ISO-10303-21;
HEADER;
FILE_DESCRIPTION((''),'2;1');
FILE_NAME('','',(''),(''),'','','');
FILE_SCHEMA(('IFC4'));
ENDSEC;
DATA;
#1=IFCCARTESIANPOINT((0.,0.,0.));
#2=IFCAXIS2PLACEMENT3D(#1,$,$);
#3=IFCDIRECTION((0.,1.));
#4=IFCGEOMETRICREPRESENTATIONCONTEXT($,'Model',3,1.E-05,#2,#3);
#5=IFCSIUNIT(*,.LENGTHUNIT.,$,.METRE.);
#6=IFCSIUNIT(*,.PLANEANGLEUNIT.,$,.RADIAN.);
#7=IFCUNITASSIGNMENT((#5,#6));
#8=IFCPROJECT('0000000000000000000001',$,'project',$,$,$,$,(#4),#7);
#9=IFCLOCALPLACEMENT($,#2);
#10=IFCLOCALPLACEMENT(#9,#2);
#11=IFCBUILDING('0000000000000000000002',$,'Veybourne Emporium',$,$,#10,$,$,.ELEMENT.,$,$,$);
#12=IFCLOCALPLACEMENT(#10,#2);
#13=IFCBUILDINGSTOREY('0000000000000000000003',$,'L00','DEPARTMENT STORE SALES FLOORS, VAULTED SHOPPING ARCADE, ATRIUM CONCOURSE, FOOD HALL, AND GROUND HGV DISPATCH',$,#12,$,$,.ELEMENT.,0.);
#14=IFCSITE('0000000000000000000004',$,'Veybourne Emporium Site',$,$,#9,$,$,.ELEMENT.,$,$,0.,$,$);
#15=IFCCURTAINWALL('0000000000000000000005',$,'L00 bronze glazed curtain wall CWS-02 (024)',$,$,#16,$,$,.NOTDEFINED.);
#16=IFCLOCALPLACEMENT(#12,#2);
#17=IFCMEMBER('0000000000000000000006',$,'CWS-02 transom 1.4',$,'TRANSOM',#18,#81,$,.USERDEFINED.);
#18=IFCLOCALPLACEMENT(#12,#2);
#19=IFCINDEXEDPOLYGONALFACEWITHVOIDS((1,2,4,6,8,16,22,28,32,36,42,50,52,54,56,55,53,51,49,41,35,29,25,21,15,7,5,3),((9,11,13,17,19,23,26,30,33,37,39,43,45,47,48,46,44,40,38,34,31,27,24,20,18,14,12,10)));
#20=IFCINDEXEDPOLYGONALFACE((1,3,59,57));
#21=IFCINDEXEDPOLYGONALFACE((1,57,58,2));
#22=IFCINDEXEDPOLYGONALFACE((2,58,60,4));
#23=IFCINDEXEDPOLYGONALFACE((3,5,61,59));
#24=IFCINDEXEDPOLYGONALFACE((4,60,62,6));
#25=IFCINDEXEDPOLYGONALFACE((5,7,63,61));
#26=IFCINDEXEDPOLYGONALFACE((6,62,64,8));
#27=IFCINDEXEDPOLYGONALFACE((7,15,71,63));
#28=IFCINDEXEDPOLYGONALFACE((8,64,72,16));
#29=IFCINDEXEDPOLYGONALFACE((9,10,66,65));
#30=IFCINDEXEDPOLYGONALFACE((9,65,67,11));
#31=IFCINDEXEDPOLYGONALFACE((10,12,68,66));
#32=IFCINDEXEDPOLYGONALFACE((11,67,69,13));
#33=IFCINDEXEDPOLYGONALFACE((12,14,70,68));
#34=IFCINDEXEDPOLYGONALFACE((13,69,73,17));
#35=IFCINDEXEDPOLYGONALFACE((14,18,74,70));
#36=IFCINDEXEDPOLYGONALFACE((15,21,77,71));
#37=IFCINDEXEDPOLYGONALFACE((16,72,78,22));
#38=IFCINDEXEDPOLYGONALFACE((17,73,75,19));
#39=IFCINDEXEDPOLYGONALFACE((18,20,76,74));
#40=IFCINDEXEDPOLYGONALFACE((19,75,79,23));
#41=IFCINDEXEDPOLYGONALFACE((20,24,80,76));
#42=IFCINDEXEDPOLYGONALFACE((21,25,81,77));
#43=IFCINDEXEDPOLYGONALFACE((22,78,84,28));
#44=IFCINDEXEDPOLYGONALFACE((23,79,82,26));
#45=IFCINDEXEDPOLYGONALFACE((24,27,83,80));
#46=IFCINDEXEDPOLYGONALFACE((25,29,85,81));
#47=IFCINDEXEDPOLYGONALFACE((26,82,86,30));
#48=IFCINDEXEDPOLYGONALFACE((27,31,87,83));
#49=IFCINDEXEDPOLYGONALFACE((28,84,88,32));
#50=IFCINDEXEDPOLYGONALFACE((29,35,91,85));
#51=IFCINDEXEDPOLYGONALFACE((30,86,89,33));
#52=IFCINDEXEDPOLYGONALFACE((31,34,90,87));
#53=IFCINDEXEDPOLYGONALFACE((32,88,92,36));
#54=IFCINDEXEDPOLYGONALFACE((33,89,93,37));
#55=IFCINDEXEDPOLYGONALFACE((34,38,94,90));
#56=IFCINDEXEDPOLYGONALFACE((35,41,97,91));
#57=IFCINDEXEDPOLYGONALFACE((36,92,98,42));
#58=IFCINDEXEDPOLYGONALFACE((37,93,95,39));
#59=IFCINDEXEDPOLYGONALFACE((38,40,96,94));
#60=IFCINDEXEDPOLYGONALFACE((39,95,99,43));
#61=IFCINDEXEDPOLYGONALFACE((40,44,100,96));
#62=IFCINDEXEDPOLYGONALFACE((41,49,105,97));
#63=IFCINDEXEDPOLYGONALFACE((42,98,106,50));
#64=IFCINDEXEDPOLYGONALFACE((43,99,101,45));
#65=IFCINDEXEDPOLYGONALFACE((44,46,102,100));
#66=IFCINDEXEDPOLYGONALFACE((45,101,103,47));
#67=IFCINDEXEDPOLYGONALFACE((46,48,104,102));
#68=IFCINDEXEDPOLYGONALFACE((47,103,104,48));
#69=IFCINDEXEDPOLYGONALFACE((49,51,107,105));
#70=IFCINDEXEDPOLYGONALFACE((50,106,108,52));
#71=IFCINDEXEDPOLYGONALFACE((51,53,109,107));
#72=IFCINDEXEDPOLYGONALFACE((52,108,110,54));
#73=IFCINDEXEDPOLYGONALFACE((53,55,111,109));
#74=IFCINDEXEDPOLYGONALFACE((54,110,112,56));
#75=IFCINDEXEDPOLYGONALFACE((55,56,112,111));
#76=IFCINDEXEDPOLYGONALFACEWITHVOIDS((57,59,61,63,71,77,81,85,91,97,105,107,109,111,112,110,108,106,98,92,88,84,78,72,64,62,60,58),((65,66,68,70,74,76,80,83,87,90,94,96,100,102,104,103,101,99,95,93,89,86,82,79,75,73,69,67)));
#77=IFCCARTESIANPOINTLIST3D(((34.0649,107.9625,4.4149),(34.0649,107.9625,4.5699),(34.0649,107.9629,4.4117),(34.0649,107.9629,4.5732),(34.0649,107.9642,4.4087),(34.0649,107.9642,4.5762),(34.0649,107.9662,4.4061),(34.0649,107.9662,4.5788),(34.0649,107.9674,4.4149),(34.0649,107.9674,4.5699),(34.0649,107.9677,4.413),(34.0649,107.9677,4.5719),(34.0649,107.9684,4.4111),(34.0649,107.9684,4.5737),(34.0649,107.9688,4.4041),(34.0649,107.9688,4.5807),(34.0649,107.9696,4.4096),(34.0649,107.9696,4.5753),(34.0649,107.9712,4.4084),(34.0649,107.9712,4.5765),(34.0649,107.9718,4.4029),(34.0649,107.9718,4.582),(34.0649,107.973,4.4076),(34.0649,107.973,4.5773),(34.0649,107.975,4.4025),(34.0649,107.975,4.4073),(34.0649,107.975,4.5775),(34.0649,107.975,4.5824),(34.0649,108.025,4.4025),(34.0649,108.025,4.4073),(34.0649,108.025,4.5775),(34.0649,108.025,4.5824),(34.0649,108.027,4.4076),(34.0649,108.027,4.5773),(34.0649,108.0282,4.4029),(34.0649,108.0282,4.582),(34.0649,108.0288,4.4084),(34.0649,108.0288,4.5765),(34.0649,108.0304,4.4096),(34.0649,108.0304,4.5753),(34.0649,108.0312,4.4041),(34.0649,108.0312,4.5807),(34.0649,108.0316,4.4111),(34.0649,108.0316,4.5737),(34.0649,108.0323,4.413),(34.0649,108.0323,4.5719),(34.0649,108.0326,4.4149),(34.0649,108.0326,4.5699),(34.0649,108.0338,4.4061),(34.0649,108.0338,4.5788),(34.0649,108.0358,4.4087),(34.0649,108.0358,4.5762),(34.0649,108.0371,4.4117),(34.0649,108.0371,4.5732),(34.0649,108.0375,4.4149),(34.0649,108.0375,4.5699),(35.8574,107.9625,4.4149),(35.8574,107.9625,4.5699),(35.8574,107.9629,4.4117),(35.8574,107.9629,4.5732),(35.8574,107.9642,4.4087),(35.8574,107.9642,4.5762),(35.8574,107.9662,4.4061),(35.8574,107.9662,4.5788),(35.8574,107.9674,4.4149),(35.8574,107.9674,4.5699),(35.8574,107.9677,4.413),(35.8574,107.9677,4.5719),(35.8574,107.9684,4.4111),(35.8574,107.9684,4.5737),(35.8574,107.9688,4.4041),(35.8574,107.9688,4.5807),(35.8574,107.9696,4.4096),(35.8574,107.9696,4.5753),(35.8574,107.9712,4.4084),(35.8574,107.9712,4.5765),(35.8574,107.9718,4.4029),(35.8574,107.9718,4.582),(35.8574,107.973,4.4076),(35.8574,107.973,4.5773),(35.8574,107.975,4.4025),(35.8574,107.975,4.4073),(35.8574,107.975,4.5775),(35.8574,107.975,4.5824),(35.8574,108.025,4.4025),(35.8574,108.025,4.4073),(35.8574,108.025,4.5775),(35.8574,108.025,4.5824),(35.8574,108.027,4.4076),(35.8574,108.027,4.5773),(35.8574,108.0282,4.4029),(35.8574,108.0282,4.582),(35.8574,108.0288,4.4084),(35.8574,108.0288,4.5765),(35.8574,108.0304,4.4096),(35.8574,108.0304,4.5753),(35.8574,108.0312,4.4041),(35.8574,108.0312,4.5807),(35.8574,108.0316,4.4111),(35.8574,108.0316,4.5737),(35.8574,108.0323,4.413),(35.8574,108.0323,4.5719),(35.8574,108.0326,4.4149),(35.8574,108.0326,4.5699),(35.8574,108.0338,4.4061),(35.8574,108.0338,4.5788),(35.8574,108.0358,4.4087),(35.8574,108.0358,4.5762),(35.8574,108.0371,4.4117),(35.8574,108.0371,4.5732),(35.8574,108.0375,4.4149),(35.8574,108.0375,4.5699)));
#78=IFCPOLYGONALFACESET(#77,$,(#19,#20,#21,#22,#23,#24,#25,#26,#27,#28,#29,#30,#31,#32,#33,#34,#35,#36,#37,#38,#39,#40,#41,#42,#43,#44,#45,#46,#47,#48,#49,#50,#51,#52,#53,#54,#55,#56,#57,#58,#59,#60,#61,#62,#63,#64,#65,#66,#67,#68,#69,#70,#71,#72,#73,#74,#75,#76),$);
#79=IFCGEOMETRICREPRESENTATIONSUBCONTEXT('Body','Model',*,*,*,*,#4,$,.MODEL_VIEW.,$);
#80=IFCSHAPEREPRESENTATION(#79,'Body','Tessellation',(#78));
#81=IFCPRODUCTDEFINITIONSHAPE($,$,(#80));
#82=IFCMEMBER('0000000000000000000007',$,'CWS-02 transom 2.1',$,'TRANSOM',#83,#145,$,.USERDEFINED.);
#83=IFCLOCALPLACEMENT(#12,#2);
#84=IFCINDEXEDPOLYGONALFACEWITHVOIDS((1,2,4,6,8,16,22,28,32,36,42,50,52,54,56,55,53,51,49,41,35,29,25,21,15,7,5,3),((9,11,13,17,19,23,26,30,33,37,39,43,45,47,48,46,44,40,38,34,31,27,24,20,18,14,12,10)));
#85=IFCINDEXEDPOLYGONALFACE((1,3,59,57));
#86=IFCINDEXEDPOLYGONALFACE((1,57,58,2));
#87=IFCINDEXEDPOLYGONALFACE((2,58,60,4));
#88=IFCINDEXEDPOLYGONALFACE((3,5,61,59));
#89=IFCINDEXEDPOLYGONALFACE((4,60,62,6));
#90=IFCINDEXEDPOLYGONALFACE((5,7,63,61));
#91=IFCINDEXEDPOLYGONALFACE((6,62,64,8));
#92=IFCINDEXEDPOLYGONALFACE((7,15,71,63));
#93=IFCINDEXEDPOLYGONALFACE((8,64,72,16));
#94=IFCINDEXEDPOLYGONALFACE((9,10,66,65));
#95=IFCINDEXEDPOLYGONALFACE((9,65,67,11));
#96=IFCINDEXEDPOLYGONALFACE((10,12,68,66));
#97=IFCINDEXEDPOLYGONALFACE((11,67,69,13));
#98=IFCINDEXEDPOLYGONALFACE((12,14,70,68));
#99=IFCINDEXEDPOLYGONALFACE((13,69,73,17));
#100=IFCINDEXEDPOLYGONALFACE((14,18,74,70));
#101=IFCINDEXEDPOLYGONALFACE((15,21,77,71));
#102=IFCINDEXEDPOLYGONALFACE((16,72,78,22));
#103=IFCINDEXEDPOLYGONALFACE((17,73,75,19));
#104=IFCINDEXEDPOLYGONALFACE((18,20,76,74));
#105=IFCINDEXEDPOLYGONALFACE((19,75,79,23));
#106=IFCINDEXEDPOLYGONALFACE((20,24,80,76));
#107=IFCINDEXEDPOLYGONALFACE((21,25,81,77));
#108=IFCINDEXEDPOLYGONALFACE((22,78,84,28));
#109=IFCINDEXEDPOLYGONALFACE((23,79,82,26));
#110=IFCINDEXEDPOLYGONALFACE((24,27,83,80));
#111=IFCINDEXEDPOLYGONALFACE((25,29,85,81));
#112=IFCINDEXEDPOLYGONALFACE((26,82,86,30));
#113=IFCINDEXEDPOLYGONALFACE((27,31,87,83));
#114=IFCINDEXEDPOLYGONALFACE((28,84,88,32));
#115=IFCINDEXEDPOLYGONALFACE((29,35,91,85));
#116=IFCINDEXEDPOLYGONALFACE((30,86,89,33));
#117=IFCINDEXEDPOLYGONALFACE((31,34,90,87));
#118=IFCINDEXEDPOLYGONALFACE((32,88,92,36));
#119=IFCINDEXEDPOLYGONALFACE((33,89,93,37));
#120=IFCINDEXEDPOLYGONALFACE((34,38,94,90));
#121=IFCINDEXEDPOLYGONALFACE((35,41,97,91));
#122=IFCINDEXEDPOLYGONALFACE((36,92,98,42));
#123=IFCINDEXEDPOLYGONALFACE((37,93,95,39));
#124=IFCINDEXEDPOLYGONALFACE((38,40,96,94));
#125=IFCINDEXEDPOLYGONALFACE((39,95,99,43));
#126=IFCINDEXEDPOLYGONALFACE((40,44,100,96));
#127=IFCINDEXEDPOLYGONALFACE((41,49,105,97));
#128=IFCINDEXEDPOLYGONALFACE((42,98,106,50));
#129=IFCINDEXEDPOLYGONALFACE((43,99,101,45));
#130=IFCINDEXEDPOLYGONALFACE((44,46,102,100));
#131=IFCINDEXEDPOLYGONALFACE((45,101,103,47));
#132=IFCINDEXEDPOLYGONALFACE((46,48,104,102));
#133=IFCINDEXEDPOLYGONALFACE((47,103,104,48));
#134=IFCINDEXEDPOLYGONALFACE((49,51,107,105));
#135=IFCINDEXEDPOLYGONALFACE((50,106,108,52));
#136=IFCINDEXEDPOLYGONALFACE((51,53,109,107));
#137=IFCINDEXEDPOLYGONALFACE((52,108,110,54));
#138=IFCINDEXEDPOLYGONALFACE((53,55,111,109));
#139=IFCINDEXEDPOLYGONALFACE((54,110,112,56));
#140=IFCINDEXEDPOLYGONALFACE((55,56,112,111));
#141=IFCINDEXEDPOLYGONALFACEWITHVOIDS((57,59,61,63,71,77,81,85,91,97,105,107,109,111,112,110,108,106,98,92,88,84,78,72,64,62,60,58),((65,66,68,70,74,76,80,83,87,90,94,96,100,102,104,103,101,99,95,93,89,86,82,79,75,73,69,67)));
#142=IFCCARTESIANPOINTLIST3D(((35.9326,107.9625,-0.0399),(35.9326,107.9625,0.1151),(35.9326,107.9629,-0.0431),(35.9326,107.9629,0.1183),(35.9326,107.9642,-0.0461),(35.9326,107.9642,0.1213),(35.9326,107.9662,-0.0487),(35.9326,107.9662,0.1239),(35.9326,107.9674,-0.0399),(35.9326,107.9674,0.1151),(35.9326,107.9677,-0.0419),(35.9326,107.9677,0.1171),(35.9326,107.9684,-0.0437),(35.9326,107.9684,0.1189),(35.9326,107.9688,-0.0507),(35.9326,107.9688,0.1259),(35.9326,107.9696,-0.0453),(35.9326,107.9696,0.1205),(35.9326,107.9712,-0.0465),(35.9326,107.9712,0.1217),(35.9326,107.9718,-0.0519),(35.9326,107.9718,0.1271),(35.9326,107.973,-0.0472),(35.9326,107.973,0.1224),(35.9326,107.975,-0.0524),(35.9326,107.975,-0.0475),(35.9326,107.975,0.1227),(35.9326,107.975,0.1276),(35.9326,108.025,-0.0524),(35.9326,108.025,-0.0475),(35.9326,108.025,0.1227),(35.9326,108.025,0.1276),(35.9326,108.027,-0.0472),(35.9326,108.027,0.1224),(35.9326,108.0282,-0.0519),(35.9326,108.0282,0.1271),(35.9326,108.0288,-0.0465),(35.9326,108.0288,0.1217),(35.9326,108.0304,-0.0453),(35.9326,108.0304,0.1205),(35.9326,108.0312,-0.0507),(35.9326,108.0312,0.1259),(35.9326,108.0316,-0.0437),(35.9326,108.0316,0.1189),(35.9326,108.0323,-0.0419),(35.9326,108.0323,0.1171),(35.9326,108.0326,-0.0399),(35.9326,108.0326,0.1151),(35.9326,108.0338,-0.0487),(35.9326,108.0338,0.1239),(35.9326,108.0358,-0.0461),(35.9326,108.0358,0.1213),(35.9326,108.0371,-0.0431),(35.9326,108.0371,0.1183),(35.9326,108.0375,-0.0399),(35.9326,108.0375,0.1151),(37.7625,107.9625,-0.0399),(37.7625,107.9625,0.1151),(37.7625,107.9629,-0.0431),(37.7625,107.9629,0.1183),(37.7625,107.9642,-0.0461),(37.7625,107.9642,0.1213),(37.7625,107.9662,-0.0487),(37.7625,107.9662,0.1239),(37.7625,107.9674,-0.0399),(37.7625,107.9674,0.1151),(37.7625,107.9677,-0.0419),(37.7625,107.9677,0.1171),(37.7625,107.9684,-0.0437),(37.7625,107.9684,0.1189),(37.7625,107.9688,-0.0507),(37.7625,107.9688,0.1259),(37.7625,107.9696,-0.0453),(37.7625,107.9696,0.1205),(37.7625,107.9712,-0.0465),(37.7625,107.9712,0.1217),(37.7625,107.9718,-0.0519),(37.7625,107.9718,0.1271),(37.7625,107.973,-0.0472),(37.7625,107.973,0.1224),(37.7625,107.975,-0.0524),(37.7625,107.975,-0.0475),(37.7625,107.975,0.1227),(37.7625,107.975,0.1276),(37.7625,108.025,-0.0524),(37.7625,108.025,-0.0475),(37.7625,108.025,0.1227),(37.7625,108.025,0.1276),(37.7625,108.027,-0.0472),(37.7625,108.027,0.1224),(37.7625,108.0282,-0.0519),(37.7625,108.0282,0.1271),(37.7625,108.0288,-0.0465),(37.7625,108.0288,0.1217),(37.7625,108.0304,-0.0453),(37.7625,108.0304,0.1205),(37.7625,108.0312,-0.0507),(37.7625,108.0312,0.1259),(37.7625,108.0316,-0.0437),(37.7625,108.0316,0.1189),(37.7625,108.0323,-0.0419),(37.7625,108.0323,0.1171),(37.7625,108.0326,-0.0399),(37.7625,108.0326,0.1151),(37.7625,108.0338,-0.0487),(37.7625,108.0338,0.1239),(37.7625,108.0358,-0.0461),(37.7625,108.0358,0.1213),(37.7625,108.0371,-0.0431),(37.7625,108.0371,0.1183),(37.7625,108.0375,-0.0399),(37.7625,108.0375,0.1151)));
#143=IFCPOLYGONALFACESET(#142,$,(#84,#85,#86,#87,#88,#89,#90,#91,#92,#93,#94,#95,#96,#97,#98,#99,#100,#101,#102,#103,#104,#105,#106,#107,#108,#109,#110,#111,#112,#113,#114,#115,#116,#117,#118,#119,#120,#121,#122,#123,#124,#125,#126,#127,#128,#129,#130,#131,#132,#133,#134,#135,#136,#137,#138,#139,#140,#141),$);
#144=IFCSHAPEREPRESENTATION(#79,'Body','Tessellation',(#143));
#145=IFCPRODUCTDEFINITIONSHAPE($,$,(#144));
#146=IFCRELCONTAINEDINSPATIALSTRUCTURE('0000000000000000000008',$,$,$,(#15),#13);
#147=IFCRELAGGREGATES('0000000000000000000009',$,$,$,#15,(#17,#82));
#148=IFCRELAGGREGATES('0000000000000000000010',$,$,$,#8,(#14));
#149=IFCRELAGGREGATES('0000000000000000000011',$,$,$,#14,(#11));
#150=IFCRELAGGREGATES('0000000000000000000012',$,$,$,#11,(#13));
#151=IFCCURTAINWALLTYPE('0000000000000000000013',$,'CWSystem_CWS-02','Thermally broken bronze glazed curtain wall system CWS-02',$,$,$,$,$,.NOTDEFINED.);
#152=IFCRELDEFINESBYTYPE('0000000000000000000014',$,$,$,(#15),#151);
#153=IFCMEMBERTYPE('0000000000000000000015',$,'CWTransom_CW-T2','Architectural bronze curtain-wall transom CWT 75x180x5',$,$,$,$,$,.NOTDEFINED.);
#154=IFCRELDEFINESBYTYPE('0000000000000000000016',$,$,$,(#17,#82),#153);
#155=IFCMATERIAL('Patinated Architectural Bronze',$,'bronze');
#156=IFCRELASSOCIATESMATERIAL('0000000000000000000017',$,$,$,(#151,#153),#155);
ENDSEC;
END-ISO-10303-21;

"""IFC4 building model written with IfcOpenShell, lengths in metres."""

from ifc_helpers import new_model, si_unit, direction, frame, origin, origin_2d, place, context, subcontext, project, spatial, hollow_rectangle, extrude, material, material_profile, profile_set, type_object, element, aggregate, save


model = new_model("IFC4")

# Units and contexts
model_context = context("Model", 3, precision=1e-05, world=origin(), true_north=direction((0.0, 1.0)))
body_context = subcontext(model_context, "Body", "Model", "MODEL_VIEW")
ifc_project = project(units=[si_unit("LENGTHUNIT", "METRE"), si_unit("PLANEANGLEUNIT", "RADIAN")], contexts=[model_context])

# Site, building, storey
site_placement = place(None, origin())
site = spatial("IfcSite", under=ifc_project, at=site_placement, Name="Veybourne Emporium Site", CompositionType="ELEMENT", RefElevation=0.0)
building_placement = place(site_placement, origin())
building = spatial("IfcBuilding", under=site, at=building_placement, Name="Veybourne Emporium", CompositionType="ELEMENT")
storey_placement = place(building_placement, origin())
storey = spatial("IfcBuildingStorey", under=building, at=storey_placement, Name="L00", Description="DEPARTMENT STORE SALES FLOORS, VAULTED SHOPPING ARCADE, ATRIUM CONCOURSE, FOOD HALL, AND GROUND HGV DISPATCH", CompositionType="ELEMENT", Elevation=0.0)

# Curtain wall, members
ifc_material_1 = material(Name="Patinated Architectural Bronze", Category="bronze")
curtain_wall_type = type_object("IfcCurtainWallType", Name="CWSystem_CWS-02", Description="Thermally broken bronze glazed curtain wall system CWS-02", PredefinedType="NOTDEFINED", material=ifc_material_1)
curtain_wall_placement = place(storey_placement, origin())
curtain_wall = element("IfcCurtainWall", 1, at=curtain_wall_placement, inside=storey, type_object=curtain_wall_type, Name="L00 bronze glazed curtain wall CWS-02 (024)", PredefinedType="NOTDEFINED")
ifc_material_profile_1 = material_profile(ifc_material_1, hollow_rectangle(XDim=0.075, YDim=0.1799, WallThickness=0.0049, InnerFilletRadius=0.0076, OuterFilletRadius=0.0125, at=origin_2d()), Name="CWT 75x180x5")
ifc_profile_set_1 = profile_set([ifc_material_profile_1], Name="Patinated Architectural Bronze")
member_type_1 = type_object("IfcMemberType", Name="CWTransom_CW-T2", Description="Architectural bronze curtain-wall transom CWT 75x180x5", PredefinedType="NOTDEFINED", material=ifc_profile_set_1)
member_1_placement = place(storey_placement, frame((34.0649, 108.0, 4.4924), z_axis=(1.0, 0.0, 0.0), x_axis=(0.0, 1.0, 0.0)))
member_1 = element("IfcMember", 2, at=member_1_placement, type_object=member_type_1, Name="CWS-02 transom 1.4", ObjectType="TRANSOM", PredefinedType="USERDEFINED", context=body_context, shape_type="SweptSolid", body=[
    extrude(hollow_rectangle(XDim=0.075, YDim=0.1799, WallThickness=0.0049, InnerFilletRadius=0.0076, OuterFilletRadius=0.0125, at=origin_2d()), origin(), (0.0, 0.0, 1.0), 1.7925),
])
member_2_placement = place(storey_placement, frame((35.9326, 108.0, 0.0376), z_axis=(1.0, 0.0, 0.0), x_axis=(0.0, 1.0, 0.0)))
member_2 = element("IfcMember", 3, at=member_2_placement, type_object=member_type_1, Name="CWS-02 transom 2.1", ObjectType="TRANSOM", PredefinedType="USERDEFINED", context=body_context, shape_type="SweptSolid", body=[
    extrude(hollow_rectangle(XDim=0.075, YDim=0.1799, WallThickness=0.0049, InnerFilletRadius=0.0076, OuterFilletRadius=0.0125, at=origin_2d()), origin(), (0.0, 0.0, 1.0), 1.8298),
])

aggregate(curtain_wall, [member_1, member_2])

save(model, "model.ifc")
